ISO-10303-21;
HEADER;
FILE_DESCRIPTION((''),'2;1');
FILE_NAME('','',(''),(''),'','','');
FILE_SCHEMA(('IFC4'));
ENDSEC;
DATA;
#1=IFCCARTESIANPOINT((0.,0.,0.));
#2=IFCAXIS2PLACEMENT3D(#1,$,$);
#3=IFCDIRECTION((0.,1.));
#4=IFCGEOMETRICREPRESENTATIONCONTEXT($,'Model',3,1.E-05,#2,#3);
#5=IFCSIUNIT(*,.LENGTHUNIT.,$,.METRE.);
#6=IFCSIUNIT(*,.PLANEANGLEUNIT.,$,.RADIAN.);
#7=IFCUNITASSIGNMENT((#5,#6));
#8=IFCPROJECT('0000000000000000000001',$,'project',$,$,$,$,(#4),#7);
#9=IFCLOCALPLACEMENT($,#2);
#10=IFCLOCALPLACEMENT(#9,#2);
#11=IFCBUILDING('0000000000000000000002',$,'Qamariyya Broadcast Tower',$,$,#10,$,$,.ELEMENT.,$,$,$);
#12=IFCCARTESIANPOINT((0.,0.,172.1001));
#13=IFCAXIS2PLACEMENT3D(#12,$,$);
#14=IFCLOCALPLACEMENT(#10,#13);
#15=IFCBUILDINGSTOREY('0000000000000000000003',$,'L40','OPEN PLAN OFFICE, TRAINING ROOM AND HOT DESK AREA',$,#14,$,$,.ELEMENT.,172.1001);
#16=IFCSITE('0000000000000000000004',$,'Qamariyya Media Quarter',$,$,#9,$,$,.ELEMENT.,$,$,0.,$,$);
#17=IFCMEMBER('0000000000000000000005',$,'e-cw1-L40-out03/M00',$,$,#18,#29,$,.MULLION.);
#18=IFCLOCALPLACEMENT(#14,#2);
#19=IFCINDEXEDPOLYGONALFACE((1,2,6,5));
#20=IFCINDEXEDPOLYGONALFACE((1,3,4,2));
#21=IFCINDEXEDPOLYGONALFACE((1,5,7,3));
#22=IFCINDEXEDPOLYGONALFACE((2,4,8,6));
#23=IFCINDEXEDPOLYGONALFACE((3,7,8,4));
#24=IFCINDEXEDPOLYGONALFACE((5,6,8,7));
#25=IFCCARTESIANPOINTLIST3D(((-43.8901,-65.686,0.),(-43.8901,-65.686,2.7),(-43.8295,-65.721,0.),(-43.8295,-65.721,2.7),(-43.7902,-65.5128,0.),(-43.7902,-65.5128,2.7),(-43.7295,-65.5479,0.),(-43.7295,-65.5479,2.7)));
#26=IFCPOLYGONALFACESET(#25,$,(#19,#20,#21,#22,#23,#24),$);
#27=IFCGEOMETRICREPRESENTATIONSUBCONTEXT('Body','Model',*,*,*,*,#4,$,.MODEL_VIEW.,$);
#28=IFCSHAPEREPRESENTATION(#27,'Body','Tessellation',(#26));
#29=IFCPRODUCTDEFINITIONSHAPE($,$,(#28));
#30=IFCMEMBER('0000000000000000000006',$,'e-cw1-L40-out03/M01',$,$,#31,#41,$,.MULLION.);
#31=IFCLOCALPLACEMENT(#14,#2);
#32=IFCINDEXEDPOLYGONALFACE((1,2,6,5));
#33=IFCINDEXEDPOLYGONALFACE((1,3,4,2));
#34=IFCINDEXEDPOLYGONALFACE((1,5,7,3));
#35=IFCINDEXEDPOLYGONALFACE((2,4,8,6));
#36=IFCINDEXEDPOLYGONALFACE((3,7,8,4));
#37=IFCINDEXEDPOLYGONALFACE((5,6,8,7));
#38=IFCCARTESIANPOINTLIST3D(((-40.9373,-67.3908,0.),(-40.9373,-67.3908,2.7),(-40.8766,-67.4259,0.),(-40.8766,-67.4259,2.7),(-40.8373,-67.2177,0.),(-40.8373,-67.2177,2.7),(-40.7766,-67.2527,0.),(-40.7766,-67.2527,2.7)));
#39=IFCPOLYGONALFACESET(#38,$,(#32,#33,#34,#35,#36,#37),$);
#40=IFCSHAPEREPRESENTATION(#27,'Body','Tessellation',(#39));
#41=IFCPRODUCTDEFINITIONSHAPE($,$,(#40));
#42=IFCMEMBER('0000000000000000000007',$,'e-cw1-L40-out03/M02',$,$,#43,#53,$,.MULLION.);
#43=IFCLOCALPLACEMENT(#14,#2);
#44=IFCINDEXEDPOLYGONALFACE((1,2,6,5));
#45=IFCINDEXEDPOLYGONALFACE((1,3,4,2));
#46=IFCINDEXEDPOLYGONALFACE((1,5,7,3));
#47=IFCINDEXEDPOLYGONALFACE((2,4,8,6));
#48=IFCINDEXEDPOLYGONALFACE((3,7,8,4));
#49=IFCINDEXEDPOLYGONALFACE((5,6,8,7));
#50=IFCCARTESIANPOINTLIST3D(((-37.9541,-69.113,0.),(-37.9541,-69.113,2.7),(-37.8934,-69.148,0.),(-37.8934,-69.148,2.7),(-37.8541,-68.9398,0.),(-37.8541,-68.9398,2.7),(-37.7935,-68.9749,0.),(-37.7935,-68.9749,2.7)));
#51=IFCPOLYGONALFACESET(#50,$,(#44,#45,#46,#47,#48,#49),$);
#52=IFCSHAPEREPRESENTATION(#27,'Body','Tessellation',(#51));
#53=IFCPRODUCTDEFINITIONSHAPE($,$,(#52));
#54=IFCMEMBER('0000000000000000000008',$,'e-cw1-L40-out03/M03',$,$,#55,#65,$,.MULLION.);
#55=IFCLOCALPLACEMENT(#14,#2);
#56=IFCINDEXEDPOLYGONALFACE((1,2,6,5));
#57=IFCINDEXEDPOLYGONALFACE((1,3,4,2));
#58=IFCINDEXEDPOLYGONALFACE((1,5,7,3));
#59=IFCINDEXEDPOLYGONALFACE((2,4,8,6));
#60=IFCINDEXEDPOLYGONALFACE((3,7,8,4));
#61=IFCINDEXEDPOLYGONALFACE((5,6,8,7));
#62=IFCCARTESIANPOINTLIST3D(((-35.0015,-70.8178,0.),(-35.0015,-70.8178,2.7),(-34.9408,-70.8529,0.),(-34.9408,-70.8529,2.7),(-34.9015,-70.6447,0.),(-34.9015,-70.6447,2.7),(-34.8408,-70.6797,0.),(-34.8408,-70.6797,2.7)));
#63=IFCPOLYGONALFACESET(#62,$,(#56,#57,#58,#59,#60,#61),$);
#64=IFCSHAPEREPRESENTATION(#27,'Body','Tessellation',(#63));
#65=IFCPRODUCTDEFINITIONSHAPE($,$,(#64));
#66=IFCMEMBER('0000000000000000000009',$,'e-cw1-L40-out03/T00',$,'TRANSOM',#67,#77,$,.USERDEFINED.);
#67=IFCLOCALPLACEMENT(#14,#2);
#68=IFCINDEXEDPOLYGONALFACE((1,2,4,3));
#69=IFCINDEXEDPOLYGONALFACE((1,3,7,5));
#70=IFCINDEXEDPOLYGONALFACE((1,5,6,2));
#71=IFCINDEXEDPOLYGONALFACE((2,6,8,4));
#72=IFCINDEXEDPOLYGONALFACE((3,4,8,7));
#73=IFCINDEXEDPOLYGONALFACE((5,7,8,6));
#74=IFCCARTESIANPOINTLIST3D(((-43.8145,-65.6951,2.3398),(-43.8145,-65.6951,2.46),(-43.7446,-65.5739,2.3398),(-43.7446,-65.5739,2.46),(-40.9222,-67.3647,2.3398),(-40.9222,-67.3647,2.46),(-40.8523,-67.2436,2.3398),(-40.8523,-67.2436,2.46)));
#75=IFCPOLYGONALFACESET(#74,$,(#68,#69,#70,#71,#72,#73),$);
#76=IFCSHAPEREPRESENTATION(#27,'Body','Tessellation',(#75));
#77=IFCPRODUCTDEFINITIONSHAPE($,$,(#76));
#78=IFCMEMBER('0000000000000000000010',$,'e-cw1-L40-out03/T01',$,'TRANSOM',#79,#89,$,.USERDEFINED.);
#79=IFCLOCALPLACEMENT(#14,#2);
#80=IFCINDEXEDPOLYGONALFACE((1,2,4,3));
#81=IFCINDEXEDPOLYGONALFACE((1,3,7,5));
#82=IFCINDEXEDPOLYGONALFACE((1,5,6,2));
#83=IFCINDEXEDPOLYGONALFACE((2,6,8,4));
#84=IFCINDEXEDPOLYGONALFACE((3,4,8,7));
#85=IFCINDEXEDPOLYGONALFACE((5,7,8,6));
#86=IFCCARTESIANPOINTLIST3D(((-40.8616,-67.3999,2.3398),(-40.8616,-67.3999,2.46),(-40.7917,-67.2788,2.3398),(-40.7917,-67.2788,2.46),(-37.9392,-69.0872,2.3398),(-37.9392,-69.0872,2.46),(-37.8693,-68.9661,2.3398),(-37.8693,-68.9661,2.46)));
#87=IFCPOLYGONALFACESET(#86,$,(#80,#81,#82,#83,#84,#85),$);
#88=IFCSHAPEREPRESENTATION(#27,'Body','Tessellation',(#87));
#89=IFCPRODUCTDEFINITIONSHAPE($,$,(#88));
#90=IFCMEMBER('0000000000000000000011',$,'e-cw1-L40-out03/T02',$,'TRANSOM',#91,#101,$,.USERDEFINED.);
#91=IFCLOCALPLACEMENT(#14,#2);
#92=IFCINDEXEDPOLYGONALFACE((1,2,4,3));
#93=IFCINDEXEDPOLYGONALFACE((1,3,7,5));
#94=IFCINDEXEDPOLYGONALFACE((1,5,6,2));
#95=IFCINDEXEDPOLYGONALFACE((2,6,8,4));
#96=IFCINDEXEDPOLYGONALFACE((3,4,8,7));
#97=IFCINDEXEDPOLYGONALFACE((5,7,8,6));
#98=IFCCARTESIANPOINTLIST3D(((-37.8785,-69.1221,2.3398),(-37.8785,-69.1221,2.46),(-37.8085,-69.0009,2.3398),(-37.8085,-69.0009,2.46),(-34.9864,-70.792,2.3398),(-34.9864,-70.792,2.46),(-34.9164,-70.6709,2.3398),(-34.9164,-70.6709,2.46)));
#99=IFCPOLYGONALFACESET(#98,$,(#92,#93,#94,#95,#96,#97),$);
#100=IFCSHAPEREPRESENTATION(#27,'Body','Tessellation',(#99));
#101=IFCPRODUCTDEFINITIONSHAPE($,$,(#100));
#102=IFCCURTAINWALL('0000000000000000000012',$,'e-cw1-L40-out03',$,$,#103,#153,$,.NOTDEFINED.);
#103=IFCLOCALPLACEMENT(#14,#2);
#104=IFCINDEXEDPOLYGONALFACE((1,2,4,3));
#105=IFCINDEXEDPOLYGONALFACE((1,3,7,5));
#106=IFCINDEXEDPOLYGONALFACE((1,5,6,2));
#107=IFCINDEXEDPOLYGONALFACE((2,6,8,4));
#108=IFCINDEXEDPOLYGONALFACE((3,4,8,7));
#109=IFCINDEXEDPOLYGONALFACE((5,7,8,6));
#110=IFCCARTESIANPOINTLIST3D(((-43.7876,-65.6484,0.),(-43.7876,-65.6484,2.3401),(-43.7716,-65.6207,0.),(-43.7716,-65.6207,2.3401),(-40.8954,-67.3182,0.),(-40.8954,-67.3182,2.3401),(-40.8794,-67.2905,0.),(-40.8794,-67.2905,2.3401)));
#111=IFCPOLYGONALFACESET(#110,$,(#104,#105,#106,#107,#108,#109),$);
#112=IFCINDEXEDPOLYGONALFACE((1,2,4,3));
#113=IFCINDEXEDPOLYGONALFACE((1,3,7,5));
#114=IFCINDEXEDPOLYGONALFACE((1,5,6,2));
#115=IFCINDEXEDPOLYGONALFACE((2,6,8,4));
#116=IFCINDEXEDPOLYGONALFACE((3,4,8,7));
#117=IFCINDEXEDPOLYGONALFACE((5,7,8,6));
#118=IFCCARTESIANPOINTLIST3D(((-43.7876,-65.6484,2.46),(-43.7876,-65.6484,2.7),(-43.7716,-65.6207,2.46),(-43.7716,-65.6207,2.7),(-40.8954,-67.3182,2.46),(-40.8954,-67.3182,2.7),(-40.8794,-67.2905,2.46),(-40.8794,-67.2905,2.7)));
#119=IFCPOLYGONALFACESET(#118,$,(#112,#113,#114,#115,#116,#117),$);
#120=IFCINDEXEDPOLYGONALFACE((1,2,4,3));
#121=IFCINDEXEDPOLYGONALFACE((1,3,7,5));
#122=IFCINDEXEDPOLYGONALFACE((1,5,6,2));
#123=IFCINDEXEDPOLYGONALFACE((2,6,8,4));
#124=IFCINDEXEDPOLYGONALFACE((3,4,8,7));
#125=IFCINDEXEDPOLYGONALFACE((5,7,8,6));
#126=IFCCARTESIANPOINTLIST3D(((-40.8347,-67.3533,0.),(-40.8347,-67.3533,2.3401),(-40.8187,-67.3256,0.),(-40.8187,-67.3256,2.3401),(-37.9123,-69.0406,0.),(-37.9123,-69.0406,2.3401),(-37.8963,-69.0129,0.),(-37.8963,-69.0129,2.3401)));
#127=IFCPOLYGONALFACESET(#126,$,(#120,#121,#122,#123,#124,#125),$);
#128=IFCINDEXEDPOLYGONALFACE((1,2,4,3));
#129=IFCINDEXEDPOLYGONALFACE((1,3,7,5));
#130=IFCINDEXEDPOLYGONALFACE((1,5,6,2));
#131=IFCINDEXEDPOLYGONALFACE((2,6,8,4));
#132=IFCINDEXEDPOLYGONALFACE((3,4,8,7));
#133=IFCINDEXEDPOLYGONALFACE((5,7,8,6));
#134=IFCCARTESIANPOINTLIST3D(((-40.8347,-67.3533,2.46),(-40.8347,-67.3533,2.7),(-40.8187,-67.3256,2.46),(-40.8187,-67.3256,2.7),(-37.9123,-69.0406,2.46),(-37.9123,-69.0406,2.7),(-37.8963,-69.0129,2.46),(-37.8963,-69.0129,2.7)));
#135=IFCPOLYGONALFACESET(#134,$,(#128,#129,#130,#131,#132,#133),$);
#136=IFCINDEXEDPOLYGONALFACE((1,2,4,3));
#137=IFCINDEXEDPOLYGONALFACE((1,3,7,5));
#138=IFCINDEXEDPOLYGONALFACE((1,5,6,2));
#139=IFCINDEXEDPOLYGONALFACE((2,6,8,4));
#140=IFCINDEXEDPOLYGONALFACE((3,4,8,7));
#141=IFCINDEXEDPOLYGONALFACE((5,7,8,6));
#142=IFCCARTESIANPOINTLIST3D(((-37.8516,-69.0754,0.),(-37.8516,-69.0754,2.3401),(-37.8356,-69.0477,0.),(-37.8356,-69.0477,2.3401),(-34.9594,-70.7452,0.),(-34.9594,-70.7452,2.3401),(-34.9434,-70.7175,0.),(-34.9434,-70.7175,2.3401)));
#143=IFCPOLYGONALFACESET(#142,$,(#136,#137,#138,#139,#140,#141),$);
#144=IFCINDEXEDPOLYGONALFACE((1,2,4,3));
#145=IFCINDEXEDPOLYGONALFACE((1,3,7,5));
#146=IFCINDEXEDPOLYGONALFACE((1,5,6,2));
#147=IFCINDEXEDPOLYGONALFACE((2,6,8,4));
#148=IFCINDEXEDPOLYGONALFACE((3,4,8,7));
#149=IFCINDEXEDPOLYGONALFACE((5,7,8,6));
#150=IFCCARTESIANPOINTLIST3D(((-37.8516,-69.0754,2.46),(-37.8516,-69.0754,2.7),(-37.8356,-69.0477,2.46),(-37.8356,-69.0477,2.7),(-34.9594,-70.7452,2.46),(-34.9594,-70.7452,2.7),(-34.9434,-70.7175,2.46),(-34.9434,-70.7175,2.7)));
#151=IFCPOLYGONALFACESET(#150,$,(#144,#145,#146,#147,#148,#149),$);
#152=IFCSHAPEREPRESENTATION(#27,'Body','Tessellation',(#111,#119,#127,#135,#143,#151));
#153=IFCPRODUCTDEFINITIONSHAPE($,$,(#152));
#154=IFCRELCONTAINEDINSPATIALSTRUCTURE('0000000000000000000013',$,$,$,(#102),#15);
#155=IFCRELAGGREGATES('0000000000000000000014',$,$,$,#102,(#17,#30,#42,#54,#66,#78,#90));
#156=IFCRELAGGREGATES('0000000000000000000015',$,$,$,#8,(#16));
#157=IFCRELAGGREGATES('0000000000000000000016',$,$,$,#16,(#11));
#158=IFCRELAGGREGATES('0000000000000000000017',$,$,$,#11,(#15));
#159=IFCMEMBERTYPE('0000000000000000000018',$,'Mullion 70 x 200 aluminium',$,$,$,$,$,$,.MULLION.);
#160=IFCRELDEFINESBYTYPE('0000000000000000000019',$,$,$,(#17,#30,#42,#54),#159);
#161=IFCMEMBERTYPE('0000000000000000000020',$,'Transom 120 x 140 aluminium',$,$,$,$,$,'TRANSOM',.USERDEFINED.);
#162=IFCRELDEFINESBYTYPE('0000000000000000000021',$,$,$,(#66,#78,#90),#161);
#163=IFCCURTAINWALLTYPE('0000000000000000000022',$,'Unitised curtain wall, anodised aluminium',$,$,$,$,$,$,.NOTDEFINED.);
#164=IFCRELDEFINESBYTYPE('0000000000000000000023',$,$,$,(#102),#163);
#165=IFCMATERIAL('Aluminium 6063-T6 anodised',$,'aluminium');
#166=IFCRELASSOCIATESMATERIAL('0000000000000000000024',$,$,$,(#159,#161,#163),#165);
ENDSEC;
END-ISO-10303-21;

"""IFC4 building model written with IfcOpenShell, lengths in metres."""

from ifc_helpers import new_model, si_unit, direction, frame, origin, origin_2d, place, context, subcontext, project, spatial, rectangle, extrude, material, material_profile, profile_set, type_object, element, aggregate, save


model = new_model("IFC4")

# Units and contexts
model_context = context("Model", 3, precision=1e-05, world=origin(), true_north=direction((0.0, 1.0)))
body_context = subcontext(model_context, "Body", "Model", "MODEL_VIEW")
ifc_project = project(units=[si_unit("LENGTHUNIT", "METRE"), si_unit("PLANEANGLEUNIT", "RADIAN")], contexts=[model_context])

# Members
ifc_material = material(Name="Aluminium 6063-T6 anodised", Category="aluminium")
ifc_material_profile_1 = material_profile(ifc_material, rectangle(XDim=0.2, YDim=0.0701, at=origin_2d()))
ifc_profile_set_1 = profile_set([ifc_material_profile_1], Name="Aluminium 6063-T6 anodised")
member_type_1 = type_object("IfcMemberType", Name="Mullion 70 x 200 aluminium", PredefinedType="MULLION", material=ifc_profile_set_1)
site_placement = place(None, origin())
building_placement = place(site_placement, origin())
storey_placement = place(building_placement, frame((0.0, 0.0, 172.1001)))
member_1_placement = place(storey_placement, frame((-43.8098, -65.6169, 0.0), z_axis=(0.0, 0.0, 1.0), x_axis=(0.5, 0.866025, 0.0)))
member_1 = element("IfcMember", 1, at=member_1_placement, type_object=member_type_1, Name="e-cw1-L40-out03/M00", PredefinedType="MULLION", context=body_context, shape_type="SweptSolid", body=[
    extrude(rectangle(XDim=0.2, YDim=0.0701, at=origin_2d()), origin(), (0.0, 0.0, 1.0), 2.7),
])
member_2_placement = place(storey_placement, frame((-40.8569, -67.3218, 0.0), z_axis=(0.0, 0.0, 1.0), x_axis=(0.5, 0.866025, 0.0)))
member_2 = element("IfcMember", 2, at=member_2_placement, type_object=member_type_1, Name="e-cw1-L40-out03/M01", PredefinedType="MULLION", context=body_context, shape_type="SweptSolid", body=[
    extrude(rectangle(XDim=0.2, YDim=0.0701, at=origin_2d()), origin(), (0.0, 0.0, 1.0), 2.7),
])
member_3_placement = place(storey_placement, frame((-37.8738, -69.0439, 0.0), z_axis=(0.0, 0.0, 1.0), x_axis=(0.5, 0.866025, 0.0)))
member_3 = element("IfcMember", 3, at=member_3_placement, type_object=member_type_1, Name="e-cw1-L40-out03/M02", PredefinedType="MULLION", context=body_context, shape_type="SweptSolid", body=[
    extrude(rectangle(XDim=0.2, YDim=0.0701, at=origin_2d()), origin(), (0.0, 0.0, 1.0), 2.7),
])
member_4_placement = place(storey_placement, frame((-34.9211, -70.7488, 0.0), z_axis=(0.0, 0.0, 1.0), x_axis=(0.5, 0.866025, 0.0)))
member_4 = element("IfcMember", 4, at=member_4_placement, type_object=member_type_1, Name="e-cw1-L40-out03/M03", PredefinedType="MULLION", context=body_context, shape_type="SweptSolid", body=[
    extrude(rectangle(XDim=0.2, YDim=0.0701, at=origin_2d()), origin(), (0.0, 0.0, 1.0), 2.7),
])
ifc_material_profile_2 = material_profile(ifc_material, rectangle(XDim=0.1399, YDim=0.1201, at=origin_2d()))
ifc_profile_set_2 = profile_set([ifc_material_profile_2], Name="Aluminium 6063-T6 anodised")
member_type_2 = type_object("IfcMemberType", Name="Transom 120 x 140 aluminium", ElementType="TRANSOM", PredefinedType="USERDEFINED", material=ifc_profile_set_2)
member_5_placement = place(storey_placement, frame((-43.7795, -65.6345, 2.3999), z_axis=(0.866053, -0.499952, 0.0), x_axis=(0.499952, 0.866053, 0.0)))
member_5 = element("IfcMember", 5, at=member_5_placement, type_object=member_type_2, Name="e-cw1-L40-out03/T00", ObjectType="TRANSOM", PredefinedType="USERDEFINED", context=body_context, shape_type="SweptSolid", body=[
    extrude(rectangle(XDim=0.1399, YDim=0.1201, at=origin_2d()), origin(), (0.0, 0.0, 1.0), 3.3396),
])
member_6_placement = place(storey_placement, frame((-40.8267, -67.3394, 2.3999), z_axis=(0.866022, -0.500006, 0.0), x_axis=(0.500006, 0.866022, 0.0)))
member_6 = element("IfcMember", 6, at=member_6_placement, type_object=member_type_2, Name="e-cw1-L40-out03/T01", ObjectType="TRANSOM", PredefinedType="USERDEFINED", context=body_context, shape_type="SweptSolid", body=[
    extrude(rectangle(XDim=0.1399, YDim=0.1201, at=origin_2d()), origin(), (0.0, 0.0, 1.0), 3.3745),
])
member_7_placement = place(storey_placement, frame((-37.8435, -69.0615, 2.3999), z_axis=(0.866003, -0.500039, 0.0), x_axis=(0.500039, 0.866003, 0.0)))
member_7 = element("IfcMember", 7, at=member_7_placement, type_object=member_type_2, Name="e-cw1-L40-out03/T02", ObjectType="TRANSOM", PredefinedType="USERDEFINED", context=body_context, shape_type="SweptSolid", body=[
    extrude(rectangle(XDim=0.1399, YDim=0.1201, at=origin_2d()), origin(), (0.0, 0.0, 1.0), 3.3396),
])

# Site, building, storey
site = spatial("IfcSite", under=ifc_project, at=site_placement, Name="Qamariyya Media Quarter", CompositionType="ELEMENT", RefElevation=0.0)
building = spatial("IfcBuilding", under=site, at=building_placement, Name="Qamariyya Broadcast Tower", CompositionType="ELEMENT")
storey = spatial("IfcBuildingStorey", under=building, at=storey_placement, Name="L40", Description="OPEN PLAN OFFICE, TRAINING ROOM AND HOT DESK AREA", CompositionType="ELEMENT", Elevation=172.1001)

# Curtain wall
curtain_wall_type = type_object("IfcCurtainWallType", Name="Unitised curtain wall, anodised aluminium", PredefinedType="NOTDEFINED", material=ifc_material)
curtain_wall_1_placement = place(storey_placement, origin())
curtain_wall_1 = element("IfcCurtainWall", 8, at=curtain_wall_1_placement, inside=storey, type_object=curtain_wall_type, Name="e-cw1-L40-out03", PredefinedType="NOTDEFINED", context=body_context, shape_type="SweptSolid", body=[
    extrude(rectangle(XDim=3.3396, YDim=0.032, at=origin_2d()), frame((-42.3335, -66.4695, 0.0), x_axis=(0.866029, -0.499994, 0.0)), (0.0, 0.0, 1.0), 2.3401),
    extrude(rectangle(XDim=3.3396, YDim=0.032, at=origin_2d()), frame((-42.3335, -66.4695, 2.46), x_axis=(0.866029, -0.499994, 0.0)), (0.0, 0.0, 1.0), 0.24),
    extrude(rectangle(XDim=3.3745, YDim=0.032, at=origin_2d()), frame((-39.3655, -68.1831, 0.0), x_axis=(0.866029, -0.499994, 0.0)), (0.0, 0.0, 1.0), 2.3401),
    extrude(rectangle(XDim=3.3745, YDim=0.032, at=origin_2d()), frame((-39.3655, -68.1831, 2.46), x_axis=(0.866029, -0.499994, 0.0)), (0.0, 0.0, 1.0), 0.24),
    extrude(rectangle(XDim=3.3396, YDim=0.032, at=origin_2d()), frame((-36.3975, -69.8965, 0.0), x_axis=(0.866029, -0.499994, 0.0)), (0.0, 0.0, 1.0), 2.3401),
    extrude(rectangle(XDim=3.3396, YDim=0.032, at=origin_2d()), frame((-36.3975, -69.8965, 2.46), x_axis=(0.866029, -0.499994, 0.0)), (0.0, 0.0, 1.0), 0.24),
])
aggregate(curtain_wall_1, [member_1, member_2, member_3, member_4, member_5, member_6, member_7])

save(model, "model.ifc")
